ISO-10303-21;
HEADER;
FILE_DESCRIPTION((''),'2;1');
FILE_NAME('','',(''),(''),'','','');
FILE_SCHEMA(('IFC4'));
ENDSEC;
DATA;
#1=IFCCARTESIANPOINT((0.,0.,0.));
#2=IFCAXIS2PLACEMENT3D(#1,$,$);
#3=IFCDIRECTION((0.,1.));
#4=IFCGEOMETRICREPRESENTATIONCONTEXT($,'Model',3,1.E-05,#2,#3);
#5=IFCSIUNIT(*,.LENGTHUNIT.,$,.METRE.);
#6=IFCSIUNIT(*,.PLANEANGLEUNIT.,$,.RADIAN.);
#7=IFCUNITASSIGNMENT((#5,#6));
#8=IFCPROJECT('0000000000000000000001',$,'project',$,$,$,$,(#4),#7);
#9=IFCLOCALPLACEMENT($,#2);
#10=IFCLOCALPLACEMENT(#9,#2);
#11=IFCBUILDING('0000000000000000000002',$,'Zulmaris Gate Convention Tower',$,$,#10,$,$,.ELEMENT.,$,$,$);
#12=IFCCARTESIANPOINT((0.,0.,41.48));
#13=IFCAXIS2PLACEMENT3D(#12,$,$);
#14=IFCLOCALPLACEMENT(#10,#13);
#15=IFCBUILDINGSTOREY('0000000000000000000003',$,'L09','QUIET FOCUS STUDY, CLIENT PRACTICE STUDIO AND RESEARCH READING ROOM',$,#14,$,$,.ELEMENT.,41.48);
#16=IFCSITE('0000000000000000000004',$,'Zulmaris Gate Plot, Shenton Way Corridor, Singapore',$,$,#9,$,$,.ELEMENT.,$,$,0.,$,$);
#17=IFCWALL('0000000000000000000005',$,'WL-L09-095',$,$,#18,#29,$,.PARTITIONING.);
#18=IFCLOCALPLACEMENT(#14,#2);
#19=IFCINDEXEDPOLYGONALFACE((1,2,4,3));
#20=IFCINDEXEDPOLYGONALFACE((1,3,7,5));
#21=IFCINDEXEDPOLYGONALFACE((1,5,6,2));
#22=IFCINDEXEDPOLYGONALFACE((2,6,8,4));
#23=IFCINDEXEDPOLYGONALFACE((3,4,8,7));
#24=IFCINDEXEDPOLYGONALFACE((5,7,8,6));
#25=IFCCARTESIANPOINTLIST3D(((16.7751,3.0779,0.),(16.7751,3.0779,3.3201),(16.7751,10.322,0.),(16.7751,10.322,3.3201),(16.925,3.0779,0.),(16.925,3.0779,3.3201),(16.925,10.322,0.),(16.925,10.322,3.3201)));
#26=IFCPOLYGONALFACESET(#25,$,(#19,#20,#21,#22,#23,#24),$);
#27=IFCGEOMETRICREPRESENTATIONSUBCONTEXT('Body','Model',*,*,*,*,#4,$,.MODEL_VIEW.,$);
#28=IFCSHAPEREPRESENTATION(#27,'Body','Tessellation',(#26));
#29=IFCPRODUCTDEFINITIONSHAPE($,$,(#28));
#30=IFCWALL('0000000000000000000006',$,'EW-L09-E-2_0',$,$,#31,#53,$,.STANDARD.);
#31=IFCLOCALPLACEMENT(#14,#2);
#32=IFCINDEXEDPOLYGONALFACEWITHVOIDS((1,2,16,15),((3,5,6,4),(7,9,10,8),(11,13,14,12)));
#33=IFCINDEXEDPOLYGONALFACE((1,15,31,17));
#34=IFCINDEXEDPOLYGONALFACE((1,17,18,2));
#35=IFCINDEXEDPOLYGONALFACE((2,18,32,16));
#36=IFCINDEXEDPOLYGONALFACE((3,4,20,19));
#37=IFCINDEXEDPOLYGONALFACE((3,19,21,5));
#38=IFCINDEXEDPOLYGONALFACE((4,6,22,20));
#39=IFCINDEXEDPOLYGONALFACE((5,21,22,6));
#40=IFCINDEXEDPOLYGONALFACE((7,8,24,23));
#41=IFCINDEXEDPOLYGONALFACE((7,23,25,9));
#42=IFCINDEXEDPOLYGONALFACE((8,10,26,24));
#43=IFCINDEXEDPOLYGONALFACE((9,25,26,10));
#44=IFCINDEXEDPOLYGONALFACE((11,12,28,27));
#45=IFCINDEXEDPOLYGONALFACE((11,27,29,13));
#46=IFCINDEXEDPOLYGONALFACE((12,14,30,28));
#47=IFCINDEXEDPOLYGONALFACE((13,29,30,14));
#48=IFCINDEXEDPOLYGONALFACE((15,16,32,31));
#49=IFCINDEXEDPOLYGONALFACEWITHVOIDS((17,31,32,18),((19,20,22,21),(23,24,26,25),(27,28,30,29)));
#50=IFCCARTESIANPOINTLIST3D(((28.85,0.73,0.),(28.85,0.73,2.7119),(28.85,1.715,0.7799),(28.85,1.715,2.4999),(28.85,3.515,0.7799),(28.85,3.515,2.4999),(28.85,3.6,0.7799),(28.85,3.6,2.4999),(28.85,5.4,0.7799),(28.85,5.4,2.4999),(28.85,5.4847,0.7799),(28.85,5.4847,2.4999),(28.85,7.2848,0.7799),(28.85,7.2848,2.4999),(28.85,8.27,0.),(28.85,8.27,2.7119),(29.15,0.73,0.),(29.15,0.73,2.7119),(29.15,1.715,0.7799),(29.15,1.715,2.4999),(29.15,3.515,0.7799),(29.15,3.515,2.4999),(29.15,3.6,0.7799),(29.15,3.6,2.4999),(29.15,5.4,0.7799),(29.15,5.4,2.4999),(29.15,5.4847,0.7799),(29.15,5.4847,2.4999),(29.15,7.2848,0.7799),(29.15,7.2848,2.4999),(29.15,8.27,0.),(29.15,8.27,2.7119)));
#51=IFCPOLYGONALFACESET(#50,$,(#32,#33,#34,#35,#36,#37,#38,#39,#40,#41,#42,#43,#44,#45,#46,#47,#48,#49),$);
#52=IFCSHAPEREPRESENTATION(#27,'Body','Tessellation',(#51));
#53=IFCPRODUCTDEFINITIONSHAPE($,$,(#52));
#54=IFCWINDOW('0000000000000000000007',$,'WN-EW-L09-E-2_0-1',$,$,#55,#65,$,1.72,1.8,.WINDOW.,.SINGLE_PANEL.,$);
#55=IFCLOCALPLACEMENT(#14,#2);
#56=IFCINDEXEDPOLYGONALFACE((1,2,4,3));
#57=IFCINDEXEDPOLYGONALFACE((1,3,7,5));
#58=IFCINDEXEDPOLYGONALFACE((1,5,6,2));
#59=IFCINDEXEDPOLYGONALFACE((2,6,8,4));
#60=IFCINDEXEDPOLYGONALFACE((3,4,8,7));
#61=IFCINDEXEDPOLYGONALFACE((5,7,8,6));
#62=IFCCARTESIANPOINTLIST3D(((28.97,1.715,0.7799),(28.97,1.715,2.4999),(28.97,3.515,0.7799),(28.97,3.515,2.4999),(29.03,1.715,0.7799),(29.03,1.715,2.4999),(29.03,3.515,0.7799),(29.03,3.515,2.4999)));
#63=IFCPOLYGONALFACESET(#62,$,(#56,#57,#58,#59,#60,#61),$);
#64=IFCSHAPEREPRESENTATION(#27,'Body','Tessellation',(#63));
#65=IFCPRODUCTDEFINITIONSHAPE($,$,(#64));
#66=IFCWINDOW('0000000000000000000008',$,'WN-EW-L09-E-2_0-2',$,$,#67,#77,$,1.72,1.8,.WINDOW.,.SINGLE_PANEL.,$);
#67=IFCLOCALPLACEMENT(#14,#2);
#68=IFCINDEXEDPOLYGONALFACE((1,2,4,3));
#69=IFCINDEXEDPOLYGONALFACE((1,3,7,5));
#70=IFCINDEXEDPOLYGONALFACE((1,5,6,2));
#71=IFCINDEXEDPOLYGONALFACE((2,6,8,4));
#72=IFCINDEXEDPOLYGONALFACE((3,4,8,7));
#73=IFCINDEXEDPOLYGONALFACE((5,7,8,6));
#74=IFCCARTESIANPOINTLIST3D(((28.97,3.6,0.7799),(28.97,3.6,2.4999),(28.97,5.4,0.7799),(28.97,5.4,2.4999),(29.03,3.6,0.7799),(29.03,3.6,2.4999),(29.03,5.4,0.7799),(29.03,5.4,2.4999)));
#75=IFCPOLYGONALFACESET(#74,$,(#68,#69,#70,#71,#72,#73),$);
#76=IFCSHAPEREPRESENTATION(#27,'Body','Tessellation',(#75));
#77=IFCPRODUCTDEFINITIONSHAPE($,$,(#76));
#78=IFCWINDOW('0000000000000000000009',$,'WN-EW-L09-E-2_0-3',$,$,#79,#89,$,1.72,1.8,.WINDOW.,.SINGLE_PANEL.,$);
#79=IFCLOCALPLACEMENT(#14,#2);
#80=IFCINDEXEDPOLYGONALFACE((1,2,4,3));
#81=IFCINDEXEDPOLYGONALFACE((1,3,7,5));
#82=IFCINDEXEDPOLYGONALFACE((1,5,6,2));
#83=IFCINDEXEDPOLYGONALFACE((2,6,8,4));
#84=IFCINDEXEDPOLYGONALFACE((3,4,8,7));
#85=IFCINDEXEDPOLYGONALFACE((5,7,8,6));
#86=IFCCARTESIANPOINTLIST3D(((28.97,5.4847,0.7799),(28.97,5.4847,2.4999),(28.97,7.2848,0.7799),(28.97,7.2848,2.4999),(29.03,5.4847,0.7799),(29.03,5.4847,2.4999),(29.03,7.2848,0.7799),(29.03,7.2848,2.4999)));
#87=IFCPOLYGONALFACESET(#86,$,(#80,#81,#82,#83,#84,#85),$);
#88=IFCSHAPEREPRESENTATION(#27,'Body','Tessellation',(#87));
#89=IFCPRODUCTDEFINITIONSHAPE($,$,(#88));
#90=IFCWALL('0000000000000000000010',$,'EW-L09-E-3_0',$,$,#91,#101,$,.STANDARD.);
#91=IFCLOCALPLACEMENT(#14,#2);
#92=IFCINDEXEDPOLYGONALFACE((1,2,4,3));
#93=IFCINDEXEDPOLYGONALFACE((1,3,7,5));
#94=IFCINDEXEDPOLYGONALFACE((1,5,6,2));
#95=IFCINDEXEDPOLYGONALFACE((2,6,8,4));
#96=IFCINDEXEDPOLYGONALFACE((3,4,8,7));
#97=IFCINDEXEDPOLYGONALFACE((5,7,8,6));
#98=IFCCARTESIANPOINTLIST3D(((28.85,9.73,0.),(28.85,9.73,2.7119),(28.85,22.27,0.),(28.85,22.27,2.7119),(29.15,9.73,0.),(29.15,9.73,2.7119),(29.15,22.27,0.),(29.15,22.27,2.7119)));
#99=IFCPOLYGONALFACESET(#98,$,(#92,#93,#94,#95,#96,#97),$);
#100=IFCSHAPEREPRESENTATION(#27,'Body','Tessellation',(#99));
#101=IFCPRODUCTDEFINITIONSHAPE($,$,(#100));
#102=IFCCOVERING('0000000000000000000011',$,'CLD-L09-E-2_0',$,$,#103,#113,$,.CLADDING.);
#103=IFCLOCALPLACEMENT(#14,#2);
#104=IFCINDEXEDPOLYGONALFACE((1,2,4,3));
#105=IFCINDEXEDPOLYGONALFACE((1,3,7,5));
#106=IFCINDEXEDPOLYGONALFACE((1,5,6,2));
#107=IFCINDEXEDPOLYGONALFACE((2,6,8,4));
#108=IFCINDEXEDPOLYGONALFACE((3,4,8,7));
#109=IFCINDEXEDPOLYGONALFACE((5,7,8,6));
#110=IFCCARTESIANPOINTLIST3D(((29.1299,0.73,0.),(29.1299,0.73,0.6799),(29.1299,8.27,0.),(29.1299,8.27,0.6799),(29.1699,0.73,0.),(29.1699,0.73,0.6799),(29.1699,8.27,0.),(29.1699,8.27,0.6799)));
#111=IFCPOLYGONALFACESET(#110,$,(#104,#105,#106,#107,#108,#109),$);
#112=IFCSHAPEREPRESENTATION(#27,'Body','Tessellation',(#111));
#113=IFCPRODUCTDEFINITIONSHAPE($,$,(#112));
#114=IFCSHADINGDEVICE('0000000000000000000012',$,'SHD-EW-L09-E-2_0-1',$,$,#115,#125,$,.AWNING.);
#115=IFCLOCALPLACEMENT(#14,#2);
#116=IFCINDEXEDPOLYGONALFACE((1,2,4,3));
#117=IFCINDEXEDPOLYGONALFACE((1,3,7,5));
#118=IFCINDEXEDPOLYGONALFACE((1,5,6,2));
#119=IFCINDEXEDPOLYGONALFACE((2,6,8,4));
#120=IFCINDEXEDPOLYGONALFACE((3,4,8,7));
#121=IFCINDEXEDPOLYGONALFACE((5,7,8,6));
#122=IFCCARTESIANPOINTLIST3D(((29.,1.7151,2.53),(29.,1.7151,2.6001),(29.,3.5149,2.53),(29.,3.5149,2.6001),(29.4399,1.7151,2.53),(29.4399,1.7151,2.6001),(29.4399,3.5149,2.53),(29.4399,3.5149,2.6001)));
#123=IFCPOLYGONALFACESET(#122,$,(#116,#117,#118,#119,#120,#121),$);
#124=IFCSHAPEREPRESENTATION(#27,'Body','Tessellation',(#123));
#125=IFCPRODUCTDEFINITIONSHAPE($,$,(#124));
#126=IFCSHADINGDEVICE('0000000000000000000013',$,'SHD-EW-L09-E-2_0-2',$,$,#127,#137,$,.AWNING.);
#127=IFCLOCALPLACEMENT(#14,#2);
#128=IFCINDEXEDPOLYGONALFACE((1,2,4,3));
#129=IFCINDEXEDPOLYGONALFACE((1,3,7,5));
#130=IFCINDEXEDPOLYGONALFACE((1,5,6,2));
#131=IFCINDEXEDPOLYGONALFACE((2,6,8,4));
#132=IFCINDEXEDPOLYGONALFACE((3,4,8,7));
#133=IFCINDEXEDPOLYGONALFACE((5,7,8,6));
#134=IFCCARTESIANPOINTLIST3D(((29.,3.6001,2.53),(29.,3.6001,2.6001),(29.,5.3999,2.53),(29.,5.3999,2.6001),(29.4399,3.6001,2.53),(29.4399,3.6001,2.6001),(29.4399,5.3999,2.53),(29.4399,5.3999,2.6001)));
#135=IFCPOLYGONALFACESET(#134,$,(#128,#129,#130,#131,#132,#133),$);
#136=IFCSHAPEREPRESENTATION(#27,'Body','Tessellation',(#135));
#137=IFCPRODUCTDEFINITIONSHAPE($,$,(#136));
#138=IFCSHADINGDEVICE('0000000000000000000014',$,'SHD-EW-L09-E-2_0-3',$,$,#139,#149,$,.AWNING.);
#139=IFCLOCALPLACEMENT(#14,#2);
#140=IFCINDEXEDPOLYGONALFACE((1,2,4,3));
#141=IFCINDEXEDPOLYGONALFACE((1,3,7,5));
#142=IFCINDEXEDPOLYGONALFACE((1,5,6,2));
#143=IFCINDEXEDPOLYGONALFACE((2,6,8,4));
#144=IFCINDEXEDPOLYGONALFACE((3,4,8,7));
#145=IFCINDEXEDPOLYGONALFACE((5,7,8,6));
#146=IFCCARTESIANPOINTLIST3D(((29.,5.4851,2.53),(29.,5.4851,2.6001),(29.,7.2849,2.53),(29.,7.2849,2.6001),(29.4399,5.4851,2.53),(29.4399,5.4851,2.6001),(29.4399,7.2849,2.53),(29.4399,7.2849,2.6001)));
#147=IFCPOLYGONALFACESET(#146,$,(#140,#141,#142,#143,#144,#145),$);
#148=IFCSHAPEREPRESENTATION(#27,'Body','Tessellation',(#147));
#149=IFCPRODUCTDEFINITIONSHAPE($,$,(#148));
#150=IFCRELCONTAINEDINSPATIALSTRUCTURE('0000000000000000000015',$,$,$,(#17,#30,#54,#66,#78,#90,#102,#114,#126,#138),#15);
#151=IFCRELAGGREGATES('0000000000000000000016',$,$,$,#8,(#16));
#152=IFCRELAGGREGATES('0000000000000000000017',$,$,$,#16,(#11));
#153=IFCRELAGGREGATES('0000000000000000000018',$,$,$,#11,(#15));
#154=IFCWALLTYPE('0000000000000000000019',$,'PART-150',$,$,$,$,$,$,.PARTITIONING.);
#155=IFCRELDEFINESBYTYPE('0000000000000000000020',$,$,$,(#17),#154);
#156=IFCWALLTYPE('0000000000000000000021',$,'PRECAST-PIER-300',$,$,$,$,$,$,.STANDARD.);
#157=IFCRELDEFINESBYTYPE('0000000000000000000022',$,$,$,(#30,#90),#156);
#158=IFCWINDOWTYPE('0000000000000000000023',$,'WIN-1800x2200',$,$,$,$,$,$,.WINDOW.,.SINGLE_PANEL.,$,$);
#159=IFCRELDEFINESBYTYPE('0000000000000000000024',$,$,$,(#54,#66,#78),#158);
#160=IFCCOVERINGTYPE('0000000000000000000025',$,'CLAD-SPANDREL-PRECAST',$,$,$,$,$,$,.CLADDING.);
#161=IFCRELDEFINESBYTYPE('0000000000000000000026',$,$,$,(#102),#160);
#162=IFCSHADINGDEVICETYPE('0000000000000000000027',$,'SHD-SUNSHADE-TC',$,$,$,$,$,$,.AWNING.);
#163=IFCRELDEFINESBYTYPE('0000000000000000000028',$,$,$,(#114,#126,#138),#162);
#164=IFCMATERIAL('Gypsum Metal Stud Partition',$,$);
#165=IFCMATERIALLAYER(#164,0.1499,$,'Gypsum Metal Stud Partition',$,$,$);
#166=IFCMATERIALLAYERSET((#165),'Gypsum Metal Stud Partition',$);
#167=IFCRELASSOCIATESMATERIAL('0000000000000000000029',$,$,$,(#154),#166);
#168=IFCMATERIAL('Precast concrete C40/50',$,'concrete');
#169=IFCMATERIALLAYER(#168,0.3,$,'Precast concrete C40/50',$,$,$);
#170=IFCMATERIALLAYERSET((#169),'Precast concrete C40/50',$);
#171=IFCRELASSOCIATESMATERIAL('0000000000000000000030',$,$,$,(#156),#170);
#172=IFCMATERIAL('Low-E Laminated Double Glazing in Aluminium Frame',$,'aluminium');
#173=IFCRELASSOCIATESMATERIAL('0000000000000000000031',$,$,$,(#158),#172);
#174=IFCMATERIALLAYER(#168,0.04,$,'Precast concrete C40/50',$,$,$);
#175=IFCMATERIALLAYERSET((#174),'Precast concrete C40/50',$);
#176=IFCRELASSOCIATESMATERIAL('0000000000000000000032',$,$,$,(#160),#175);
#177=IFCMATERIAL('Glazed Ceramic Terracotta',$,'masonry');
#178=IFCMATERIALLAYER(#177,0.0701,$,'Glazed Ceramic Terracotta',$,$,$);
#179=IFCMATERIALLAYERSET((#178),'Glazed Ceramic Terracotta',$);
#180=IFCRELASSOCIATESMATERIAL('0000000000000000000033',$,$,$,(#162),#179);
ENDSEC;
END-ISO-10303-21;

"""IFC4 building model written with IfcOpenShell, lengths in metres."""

from ifc_helpers import new_model, si_unit, direction, frame, frame_2d, origin, place, context, subcontext, project, spatial, rectangle, extrude, material, layer, layer_set, type_object, element, fill, save


model = new_model("IFC4")

# Units and contexts
model_context = context("Model", 3, precision=1e-05, world=origin(), true_north=direction((0.0, 1.0)))
body_context = subcontext(model_context, "Body", "Model", "MODEL_VIEW")
ifc_project = project(units=[si_unit("LENGTHUNIT", "METRE"), si_unit("PLANEANGLEUNIT", "RADIAN")], contexts=[model_context])

# Site, building, storey
site_placement = place(None, origin())
site = spatial("IfcSite", under=ifc_project, at=site_placement, Name="Zulmaris Gate Plot, Shenton Way Corridor, Singapore", CompositionType="ELEMENT", RefElevation=0.0)
building_placement = place(site_placement, origin())
building = spatial("IfcBuilding", under=site, at=building_placement, Name="Zulmaris Gate Convention Tower", CompositionType="ELEMENT")
storey_placement = place(building_placement, frame((0.0, 0.0, 41.48)))
storey = spatial("IfcBuildingStorey", under=building, at=storey_placement, Name="L09", Description="QUIET FOCUS STUDY, CLIENT PRACTICE STUDIO AND RESEARCH READING ROOM", CompositionType="ELEMENT", Elevation=41.48)

# Shared definitions
ifc_material_1 = material(Name="Gypsum Metal Stud Partition")
ifc_layer_1 = layer(ifc_material_1, 0.1499, Name="Gypsum Metal Stud Partition")
ifc_layer_set_1 = layer_set([ifc_layer_1], Name="Gypsum Metal Stud Partition")
wall_type_1 = type_object("IfcWallType", Name="PART-150", PredefinedType="PARTITIONING", material=ifc_layer_set_1)

# Wall
wall_1_placement = place(storey_placement, frame((16.8501, 3.0779, 0.0), z_axis=(0.0, 0.0, 1.0), x_axis=(0.0, 1.0, 0.0)))
element("IfcWall", 1, at=wall_1_placement, inside=storey, type_object=wall_type_1, Name="WL-L09-095", PredefinedType="PARTITIONING", context=body_context, shape_type="SweptSolid", body=[
    extrude(rectangle(XDim=7.2441, YDim=0.1499, at=frame_2d((3.6221, 0.0))), origin(), (0.0, 0.0, 1.0), 3.3201),
])

# Wall, openings, windows
ifc_material_2 = material(Name="Precast concrete C40/50", Category="concrete")
ifc_layer_2 = layer(ifc_material_2, 0.3, Name="Precast concrete C40/50")
ifc_layer_set_2 = layer_set([ifc_layer_2], Name="Precast concrete C40/50")
wall_type_2 = type_object("IfcWallType", Name="PRECAST-PIER-300", PredefinedType="STANDARD", material=ifc_layer_set_2)
wall_2_placement = place(storey_placement, frame((29.0, 0.73, 0.0), z_axis=(0.0, 0.0, 1.0), x_axis=(0.0, 1.0, 0.0)))
wall_2 = element("IfcWall", 2, at=wall_2_placement, inside=storey, type_object=wall_type_2, Name="EW-L09-E-2_0", PredefinedType="STANDARD", context=body_context, shape_type="SweptSolid", body=[
    extrude(rectangle(XDim=7.54, YDim=0.3, at=frame_2d((3.77, 0.0))), origin(), (0.0, 0.0, 1.0), 2.7119),
])
opening_1_placement = place(wall_2_placement, frame((0.9851, 0.0, 0.78)))
opening_1 = element("IfcOpeningElement", 3, at=opening_1_placement, cuts=wall_2, PredefinedType="OPENING", context=body_context, shape_type="SweptSolid", body=[
    extrude(rectangle(XDim=1.8, YDim=1.72, at=frame_2d((0.8999, 0.8599))), frame((0.0, 0.1602, 0.0), z_axis=(0.0, -1.0, 0.0), x_axis=(1.0, 0.0, 0.0)), (0.0, 0.0, 1.0), 0.3201),
])
opening_2_placement = place(wall_2_placement, frame((2.8701, 0.0, 0.78)))
opening_2 = element("IfcOpeningElement", 4, at=opening_2_placement, cuts=wall_2, PredefinedType="OPENING", context=body_context, shape_type="SweptSolid", body=[
    extrude(rectangle(XDim=1.8, YDim=1.72, at=frame_2d((0.8999, 0.8599))), frame((0.0, 0.1602, 0.0), z_axis=(0.0, -1.0, 0.0), x_axis=(1.0, 0.0, 0.0)), (0.0, 0.0, 1.0), 0.3201),
])
opening_3_placement = place(wall_2_placement, frame((4.7549, 0.0, 0.78)))
opening_3 = element("IfcOpeningElement", 5, at=opening_3_placement, cuts=wall_2, PredefinedType="OPENING", context=body_context, shape_type="SweptSolid", body=[
    extrude(rectangle(XDim=1.8, YDim=1.72, at=frame_2d((0.8999, 0.8599))), frame((0.0, 0.1602, 0.0), z_axis=(0.0, -1.0, 0.0), x_axis=(1.0, 0.0, 0.0)), (0.0, 0.0, 1.0), 0.3201),
])
ifc_material_3 = material(Name="Low-E Laminated Double Glazing in Aluminium Frame", Category="aluminium")
window_type = type_object("IfcWindowType", Name="WIN-1800x2200", PartitioningType="SINGLE_PANEL", PredefinedType="WINDOW", material=ifc_material_3)
window_1_placement = place(opening_1_placement, origin())
window_1 = element("IfcWindow", 6, at=window_1_placement, inside=storey, type_object=window_type, Name="WN-EW-L09-E-2_0-1", OverallHeight=1.72, OverallWidth=1.8, PartitioningType="SINGLE_PANEL", PredefinedType="WINDOW", context=body_context, shape_type="SweptSolid", body=[
    extrude(rectangle(XDim=1.8, YDim=1.72, at=frame_2d((0.8999, 0.8599))), frame((0.0, 0.03, 0.0), z_axis=(0.0, -1.0, 0.0), x_axis=(1.0, 0.0, 0.0)), (0.0, 0.0, 1.0), 0.0601),
])
fill(opening_1, window_1)
window_2_placement = place(opening_2_placement, origin())
window_2 = element("IfcWindow", 7, at=window_2_placement, inside=storey, type_object=window_type, Name="WN-EW-L09-E-2_0-2", OverallHeight=1.72, OverallWidth=1.8, PartitioningType="SINGLE_PANEL", PredefinedType="WINDOW", context=body_context, shape_type="SweptSolid", body=[
    extrude(rectangle(XDim=1.8, YDim=1.72, at=frame_2d((0.8999, 0.8599))), frame((0.0, 0.03, 0.0), z_axis=(0.0, -1.0, 0.0), x_axis=(1.0, 0.0, 0.0)), (0.0, 0.0, 1.0), 0.0601),
])
fill(opening_2, window_2)
window_3_placement = place(opening_3_placement, origin())
window_3 = element("IfcWindow", 8, at=window_3_placement, inside=storey, type_object=window_type, Name="WN-EW-L09-E-2_0-3", OverallHeight=1.72, OverallWidth=1.8, PartitioningType="SINGLE_PANEL", PredefinedType="WINDOW", context=body_context, shape_type="SweptSolid", body=[
    extrude(rectangle(XDim=1.8, YDim=1.72, at=frame_2d((0.8999, 0.8599))), frame((0.0, 0.03, 0.0), z_axis=(0.0, -1.0, 0.0), x_axis=(1.0, 0.0, 0.0)), (0.0, 0.0, 1.0), 0.0601),
])
fill(opening_3, window_3)

# Wall
wall_3_placement = place(storey_placement, frame((29.0, 9.73, 0.0), z_axis=(0.0, 0.0, 1.0), x_axis=(0.0, 1.0, 0.0)))
element("IfcWall", 9, at=wall_3_placement, inside=storey, type_object=wall_type_2, Name="EW-L09-E-3_0", PredefinedType="STANDARD", context=body_context, shape_type="SweptSolid", body=[
    extrude(rectangle(XDim=12.54, YDim=0.3, at=frame_2d((6.27, 0.0))), origin(), (0.0, 0.0, 1.0), 2.7119),
])

# Covering
ifc_layer_3 = layer(ifc_material_2, 0.04, Name="Precast concrete C40/50")
ifc_layer_set_3 = layer_set([ifc_layer_3], Name="Precast concrete C40/50")
covering_type = type_object("IfcCoveringType", Name="CLAD-SPANDREL-PRECAST", PredefinedType="CLADDING", material=ifc_layer_set_3)
covering_placement = place(storey_placement, frame((29.1499, 0.73, 0.0), z_axis=(0.0, 0.0, 1.0), x_axis=(0.0, 1.0, 0.0)))
element("IfcCovering", 10, at=covering_placement, inside=storey, type_object=covering_type, Name="CLD-L09-E-2_0", PredefinedType="CLADDING", context=body_context, shape_type="SweptSolid", body=[
    extrude(rectangle(XDim=7.54, YDim=0.04, at=frame_2d((3.77, 0.0))), origin(), (0.0, 0.0, 1.0), 0.6799),
])

# Shading devices
ifc_material_4 = material(Name="Glazed Ceramic Terracotta", Category="masonry")
ifc_layer_4 = layer(ifc_material_4, 0.0701, Name="Glazed Ceramic Terracotta")
ifc_layer_set_4 = layer_set([ifc_layer_4], Name="Glazed Ceramic Terracotta")
shading_device_type = type_object("IfcShadingDeviceType", Name="SHD-SUNSHADE-TC", PredefinedType="AWNING", material=ifc_layer_set_4)
for number, where, z_axis, x_axis, name in (
    (11, (29.22, 1.7151, 2.53), (0.0, 0.0, 1.0), (0.0, 1.0, 0.0), "SHD-EW-L09-E-2_0-1"),
    (12, (29.22, 3.6001, 2.53), (0.0, 0.0, 1.0), (0.0, 1.0, 0.0), "SHD-EW-L09-E-2_0-2"),
    (13, (29.22, 5.4851, 2.53), (0.0, 0.0, 1.0), (0.0, 1.0, 0.0), "SHD-EW-L09-E-2_0-3"),
):
    element("IfcShadingDevice", number, at=place(storey_placement, frame(where, z_axis=z_axis, x_axis=x_axis)), inside=storey, type_object=shading_device_type, Name=name, PredefinedType="AWNING", context=body_context, shape_type="SweptSolid", body=[
        extrude(rectangle(XDim=1.7998, YDim=0.4399, at=frame_2d((0.8999, 0.0))), origin(), (0.0, 0.0, 1.0), 0.0701),
    ])

save(model, "model.ifc")
